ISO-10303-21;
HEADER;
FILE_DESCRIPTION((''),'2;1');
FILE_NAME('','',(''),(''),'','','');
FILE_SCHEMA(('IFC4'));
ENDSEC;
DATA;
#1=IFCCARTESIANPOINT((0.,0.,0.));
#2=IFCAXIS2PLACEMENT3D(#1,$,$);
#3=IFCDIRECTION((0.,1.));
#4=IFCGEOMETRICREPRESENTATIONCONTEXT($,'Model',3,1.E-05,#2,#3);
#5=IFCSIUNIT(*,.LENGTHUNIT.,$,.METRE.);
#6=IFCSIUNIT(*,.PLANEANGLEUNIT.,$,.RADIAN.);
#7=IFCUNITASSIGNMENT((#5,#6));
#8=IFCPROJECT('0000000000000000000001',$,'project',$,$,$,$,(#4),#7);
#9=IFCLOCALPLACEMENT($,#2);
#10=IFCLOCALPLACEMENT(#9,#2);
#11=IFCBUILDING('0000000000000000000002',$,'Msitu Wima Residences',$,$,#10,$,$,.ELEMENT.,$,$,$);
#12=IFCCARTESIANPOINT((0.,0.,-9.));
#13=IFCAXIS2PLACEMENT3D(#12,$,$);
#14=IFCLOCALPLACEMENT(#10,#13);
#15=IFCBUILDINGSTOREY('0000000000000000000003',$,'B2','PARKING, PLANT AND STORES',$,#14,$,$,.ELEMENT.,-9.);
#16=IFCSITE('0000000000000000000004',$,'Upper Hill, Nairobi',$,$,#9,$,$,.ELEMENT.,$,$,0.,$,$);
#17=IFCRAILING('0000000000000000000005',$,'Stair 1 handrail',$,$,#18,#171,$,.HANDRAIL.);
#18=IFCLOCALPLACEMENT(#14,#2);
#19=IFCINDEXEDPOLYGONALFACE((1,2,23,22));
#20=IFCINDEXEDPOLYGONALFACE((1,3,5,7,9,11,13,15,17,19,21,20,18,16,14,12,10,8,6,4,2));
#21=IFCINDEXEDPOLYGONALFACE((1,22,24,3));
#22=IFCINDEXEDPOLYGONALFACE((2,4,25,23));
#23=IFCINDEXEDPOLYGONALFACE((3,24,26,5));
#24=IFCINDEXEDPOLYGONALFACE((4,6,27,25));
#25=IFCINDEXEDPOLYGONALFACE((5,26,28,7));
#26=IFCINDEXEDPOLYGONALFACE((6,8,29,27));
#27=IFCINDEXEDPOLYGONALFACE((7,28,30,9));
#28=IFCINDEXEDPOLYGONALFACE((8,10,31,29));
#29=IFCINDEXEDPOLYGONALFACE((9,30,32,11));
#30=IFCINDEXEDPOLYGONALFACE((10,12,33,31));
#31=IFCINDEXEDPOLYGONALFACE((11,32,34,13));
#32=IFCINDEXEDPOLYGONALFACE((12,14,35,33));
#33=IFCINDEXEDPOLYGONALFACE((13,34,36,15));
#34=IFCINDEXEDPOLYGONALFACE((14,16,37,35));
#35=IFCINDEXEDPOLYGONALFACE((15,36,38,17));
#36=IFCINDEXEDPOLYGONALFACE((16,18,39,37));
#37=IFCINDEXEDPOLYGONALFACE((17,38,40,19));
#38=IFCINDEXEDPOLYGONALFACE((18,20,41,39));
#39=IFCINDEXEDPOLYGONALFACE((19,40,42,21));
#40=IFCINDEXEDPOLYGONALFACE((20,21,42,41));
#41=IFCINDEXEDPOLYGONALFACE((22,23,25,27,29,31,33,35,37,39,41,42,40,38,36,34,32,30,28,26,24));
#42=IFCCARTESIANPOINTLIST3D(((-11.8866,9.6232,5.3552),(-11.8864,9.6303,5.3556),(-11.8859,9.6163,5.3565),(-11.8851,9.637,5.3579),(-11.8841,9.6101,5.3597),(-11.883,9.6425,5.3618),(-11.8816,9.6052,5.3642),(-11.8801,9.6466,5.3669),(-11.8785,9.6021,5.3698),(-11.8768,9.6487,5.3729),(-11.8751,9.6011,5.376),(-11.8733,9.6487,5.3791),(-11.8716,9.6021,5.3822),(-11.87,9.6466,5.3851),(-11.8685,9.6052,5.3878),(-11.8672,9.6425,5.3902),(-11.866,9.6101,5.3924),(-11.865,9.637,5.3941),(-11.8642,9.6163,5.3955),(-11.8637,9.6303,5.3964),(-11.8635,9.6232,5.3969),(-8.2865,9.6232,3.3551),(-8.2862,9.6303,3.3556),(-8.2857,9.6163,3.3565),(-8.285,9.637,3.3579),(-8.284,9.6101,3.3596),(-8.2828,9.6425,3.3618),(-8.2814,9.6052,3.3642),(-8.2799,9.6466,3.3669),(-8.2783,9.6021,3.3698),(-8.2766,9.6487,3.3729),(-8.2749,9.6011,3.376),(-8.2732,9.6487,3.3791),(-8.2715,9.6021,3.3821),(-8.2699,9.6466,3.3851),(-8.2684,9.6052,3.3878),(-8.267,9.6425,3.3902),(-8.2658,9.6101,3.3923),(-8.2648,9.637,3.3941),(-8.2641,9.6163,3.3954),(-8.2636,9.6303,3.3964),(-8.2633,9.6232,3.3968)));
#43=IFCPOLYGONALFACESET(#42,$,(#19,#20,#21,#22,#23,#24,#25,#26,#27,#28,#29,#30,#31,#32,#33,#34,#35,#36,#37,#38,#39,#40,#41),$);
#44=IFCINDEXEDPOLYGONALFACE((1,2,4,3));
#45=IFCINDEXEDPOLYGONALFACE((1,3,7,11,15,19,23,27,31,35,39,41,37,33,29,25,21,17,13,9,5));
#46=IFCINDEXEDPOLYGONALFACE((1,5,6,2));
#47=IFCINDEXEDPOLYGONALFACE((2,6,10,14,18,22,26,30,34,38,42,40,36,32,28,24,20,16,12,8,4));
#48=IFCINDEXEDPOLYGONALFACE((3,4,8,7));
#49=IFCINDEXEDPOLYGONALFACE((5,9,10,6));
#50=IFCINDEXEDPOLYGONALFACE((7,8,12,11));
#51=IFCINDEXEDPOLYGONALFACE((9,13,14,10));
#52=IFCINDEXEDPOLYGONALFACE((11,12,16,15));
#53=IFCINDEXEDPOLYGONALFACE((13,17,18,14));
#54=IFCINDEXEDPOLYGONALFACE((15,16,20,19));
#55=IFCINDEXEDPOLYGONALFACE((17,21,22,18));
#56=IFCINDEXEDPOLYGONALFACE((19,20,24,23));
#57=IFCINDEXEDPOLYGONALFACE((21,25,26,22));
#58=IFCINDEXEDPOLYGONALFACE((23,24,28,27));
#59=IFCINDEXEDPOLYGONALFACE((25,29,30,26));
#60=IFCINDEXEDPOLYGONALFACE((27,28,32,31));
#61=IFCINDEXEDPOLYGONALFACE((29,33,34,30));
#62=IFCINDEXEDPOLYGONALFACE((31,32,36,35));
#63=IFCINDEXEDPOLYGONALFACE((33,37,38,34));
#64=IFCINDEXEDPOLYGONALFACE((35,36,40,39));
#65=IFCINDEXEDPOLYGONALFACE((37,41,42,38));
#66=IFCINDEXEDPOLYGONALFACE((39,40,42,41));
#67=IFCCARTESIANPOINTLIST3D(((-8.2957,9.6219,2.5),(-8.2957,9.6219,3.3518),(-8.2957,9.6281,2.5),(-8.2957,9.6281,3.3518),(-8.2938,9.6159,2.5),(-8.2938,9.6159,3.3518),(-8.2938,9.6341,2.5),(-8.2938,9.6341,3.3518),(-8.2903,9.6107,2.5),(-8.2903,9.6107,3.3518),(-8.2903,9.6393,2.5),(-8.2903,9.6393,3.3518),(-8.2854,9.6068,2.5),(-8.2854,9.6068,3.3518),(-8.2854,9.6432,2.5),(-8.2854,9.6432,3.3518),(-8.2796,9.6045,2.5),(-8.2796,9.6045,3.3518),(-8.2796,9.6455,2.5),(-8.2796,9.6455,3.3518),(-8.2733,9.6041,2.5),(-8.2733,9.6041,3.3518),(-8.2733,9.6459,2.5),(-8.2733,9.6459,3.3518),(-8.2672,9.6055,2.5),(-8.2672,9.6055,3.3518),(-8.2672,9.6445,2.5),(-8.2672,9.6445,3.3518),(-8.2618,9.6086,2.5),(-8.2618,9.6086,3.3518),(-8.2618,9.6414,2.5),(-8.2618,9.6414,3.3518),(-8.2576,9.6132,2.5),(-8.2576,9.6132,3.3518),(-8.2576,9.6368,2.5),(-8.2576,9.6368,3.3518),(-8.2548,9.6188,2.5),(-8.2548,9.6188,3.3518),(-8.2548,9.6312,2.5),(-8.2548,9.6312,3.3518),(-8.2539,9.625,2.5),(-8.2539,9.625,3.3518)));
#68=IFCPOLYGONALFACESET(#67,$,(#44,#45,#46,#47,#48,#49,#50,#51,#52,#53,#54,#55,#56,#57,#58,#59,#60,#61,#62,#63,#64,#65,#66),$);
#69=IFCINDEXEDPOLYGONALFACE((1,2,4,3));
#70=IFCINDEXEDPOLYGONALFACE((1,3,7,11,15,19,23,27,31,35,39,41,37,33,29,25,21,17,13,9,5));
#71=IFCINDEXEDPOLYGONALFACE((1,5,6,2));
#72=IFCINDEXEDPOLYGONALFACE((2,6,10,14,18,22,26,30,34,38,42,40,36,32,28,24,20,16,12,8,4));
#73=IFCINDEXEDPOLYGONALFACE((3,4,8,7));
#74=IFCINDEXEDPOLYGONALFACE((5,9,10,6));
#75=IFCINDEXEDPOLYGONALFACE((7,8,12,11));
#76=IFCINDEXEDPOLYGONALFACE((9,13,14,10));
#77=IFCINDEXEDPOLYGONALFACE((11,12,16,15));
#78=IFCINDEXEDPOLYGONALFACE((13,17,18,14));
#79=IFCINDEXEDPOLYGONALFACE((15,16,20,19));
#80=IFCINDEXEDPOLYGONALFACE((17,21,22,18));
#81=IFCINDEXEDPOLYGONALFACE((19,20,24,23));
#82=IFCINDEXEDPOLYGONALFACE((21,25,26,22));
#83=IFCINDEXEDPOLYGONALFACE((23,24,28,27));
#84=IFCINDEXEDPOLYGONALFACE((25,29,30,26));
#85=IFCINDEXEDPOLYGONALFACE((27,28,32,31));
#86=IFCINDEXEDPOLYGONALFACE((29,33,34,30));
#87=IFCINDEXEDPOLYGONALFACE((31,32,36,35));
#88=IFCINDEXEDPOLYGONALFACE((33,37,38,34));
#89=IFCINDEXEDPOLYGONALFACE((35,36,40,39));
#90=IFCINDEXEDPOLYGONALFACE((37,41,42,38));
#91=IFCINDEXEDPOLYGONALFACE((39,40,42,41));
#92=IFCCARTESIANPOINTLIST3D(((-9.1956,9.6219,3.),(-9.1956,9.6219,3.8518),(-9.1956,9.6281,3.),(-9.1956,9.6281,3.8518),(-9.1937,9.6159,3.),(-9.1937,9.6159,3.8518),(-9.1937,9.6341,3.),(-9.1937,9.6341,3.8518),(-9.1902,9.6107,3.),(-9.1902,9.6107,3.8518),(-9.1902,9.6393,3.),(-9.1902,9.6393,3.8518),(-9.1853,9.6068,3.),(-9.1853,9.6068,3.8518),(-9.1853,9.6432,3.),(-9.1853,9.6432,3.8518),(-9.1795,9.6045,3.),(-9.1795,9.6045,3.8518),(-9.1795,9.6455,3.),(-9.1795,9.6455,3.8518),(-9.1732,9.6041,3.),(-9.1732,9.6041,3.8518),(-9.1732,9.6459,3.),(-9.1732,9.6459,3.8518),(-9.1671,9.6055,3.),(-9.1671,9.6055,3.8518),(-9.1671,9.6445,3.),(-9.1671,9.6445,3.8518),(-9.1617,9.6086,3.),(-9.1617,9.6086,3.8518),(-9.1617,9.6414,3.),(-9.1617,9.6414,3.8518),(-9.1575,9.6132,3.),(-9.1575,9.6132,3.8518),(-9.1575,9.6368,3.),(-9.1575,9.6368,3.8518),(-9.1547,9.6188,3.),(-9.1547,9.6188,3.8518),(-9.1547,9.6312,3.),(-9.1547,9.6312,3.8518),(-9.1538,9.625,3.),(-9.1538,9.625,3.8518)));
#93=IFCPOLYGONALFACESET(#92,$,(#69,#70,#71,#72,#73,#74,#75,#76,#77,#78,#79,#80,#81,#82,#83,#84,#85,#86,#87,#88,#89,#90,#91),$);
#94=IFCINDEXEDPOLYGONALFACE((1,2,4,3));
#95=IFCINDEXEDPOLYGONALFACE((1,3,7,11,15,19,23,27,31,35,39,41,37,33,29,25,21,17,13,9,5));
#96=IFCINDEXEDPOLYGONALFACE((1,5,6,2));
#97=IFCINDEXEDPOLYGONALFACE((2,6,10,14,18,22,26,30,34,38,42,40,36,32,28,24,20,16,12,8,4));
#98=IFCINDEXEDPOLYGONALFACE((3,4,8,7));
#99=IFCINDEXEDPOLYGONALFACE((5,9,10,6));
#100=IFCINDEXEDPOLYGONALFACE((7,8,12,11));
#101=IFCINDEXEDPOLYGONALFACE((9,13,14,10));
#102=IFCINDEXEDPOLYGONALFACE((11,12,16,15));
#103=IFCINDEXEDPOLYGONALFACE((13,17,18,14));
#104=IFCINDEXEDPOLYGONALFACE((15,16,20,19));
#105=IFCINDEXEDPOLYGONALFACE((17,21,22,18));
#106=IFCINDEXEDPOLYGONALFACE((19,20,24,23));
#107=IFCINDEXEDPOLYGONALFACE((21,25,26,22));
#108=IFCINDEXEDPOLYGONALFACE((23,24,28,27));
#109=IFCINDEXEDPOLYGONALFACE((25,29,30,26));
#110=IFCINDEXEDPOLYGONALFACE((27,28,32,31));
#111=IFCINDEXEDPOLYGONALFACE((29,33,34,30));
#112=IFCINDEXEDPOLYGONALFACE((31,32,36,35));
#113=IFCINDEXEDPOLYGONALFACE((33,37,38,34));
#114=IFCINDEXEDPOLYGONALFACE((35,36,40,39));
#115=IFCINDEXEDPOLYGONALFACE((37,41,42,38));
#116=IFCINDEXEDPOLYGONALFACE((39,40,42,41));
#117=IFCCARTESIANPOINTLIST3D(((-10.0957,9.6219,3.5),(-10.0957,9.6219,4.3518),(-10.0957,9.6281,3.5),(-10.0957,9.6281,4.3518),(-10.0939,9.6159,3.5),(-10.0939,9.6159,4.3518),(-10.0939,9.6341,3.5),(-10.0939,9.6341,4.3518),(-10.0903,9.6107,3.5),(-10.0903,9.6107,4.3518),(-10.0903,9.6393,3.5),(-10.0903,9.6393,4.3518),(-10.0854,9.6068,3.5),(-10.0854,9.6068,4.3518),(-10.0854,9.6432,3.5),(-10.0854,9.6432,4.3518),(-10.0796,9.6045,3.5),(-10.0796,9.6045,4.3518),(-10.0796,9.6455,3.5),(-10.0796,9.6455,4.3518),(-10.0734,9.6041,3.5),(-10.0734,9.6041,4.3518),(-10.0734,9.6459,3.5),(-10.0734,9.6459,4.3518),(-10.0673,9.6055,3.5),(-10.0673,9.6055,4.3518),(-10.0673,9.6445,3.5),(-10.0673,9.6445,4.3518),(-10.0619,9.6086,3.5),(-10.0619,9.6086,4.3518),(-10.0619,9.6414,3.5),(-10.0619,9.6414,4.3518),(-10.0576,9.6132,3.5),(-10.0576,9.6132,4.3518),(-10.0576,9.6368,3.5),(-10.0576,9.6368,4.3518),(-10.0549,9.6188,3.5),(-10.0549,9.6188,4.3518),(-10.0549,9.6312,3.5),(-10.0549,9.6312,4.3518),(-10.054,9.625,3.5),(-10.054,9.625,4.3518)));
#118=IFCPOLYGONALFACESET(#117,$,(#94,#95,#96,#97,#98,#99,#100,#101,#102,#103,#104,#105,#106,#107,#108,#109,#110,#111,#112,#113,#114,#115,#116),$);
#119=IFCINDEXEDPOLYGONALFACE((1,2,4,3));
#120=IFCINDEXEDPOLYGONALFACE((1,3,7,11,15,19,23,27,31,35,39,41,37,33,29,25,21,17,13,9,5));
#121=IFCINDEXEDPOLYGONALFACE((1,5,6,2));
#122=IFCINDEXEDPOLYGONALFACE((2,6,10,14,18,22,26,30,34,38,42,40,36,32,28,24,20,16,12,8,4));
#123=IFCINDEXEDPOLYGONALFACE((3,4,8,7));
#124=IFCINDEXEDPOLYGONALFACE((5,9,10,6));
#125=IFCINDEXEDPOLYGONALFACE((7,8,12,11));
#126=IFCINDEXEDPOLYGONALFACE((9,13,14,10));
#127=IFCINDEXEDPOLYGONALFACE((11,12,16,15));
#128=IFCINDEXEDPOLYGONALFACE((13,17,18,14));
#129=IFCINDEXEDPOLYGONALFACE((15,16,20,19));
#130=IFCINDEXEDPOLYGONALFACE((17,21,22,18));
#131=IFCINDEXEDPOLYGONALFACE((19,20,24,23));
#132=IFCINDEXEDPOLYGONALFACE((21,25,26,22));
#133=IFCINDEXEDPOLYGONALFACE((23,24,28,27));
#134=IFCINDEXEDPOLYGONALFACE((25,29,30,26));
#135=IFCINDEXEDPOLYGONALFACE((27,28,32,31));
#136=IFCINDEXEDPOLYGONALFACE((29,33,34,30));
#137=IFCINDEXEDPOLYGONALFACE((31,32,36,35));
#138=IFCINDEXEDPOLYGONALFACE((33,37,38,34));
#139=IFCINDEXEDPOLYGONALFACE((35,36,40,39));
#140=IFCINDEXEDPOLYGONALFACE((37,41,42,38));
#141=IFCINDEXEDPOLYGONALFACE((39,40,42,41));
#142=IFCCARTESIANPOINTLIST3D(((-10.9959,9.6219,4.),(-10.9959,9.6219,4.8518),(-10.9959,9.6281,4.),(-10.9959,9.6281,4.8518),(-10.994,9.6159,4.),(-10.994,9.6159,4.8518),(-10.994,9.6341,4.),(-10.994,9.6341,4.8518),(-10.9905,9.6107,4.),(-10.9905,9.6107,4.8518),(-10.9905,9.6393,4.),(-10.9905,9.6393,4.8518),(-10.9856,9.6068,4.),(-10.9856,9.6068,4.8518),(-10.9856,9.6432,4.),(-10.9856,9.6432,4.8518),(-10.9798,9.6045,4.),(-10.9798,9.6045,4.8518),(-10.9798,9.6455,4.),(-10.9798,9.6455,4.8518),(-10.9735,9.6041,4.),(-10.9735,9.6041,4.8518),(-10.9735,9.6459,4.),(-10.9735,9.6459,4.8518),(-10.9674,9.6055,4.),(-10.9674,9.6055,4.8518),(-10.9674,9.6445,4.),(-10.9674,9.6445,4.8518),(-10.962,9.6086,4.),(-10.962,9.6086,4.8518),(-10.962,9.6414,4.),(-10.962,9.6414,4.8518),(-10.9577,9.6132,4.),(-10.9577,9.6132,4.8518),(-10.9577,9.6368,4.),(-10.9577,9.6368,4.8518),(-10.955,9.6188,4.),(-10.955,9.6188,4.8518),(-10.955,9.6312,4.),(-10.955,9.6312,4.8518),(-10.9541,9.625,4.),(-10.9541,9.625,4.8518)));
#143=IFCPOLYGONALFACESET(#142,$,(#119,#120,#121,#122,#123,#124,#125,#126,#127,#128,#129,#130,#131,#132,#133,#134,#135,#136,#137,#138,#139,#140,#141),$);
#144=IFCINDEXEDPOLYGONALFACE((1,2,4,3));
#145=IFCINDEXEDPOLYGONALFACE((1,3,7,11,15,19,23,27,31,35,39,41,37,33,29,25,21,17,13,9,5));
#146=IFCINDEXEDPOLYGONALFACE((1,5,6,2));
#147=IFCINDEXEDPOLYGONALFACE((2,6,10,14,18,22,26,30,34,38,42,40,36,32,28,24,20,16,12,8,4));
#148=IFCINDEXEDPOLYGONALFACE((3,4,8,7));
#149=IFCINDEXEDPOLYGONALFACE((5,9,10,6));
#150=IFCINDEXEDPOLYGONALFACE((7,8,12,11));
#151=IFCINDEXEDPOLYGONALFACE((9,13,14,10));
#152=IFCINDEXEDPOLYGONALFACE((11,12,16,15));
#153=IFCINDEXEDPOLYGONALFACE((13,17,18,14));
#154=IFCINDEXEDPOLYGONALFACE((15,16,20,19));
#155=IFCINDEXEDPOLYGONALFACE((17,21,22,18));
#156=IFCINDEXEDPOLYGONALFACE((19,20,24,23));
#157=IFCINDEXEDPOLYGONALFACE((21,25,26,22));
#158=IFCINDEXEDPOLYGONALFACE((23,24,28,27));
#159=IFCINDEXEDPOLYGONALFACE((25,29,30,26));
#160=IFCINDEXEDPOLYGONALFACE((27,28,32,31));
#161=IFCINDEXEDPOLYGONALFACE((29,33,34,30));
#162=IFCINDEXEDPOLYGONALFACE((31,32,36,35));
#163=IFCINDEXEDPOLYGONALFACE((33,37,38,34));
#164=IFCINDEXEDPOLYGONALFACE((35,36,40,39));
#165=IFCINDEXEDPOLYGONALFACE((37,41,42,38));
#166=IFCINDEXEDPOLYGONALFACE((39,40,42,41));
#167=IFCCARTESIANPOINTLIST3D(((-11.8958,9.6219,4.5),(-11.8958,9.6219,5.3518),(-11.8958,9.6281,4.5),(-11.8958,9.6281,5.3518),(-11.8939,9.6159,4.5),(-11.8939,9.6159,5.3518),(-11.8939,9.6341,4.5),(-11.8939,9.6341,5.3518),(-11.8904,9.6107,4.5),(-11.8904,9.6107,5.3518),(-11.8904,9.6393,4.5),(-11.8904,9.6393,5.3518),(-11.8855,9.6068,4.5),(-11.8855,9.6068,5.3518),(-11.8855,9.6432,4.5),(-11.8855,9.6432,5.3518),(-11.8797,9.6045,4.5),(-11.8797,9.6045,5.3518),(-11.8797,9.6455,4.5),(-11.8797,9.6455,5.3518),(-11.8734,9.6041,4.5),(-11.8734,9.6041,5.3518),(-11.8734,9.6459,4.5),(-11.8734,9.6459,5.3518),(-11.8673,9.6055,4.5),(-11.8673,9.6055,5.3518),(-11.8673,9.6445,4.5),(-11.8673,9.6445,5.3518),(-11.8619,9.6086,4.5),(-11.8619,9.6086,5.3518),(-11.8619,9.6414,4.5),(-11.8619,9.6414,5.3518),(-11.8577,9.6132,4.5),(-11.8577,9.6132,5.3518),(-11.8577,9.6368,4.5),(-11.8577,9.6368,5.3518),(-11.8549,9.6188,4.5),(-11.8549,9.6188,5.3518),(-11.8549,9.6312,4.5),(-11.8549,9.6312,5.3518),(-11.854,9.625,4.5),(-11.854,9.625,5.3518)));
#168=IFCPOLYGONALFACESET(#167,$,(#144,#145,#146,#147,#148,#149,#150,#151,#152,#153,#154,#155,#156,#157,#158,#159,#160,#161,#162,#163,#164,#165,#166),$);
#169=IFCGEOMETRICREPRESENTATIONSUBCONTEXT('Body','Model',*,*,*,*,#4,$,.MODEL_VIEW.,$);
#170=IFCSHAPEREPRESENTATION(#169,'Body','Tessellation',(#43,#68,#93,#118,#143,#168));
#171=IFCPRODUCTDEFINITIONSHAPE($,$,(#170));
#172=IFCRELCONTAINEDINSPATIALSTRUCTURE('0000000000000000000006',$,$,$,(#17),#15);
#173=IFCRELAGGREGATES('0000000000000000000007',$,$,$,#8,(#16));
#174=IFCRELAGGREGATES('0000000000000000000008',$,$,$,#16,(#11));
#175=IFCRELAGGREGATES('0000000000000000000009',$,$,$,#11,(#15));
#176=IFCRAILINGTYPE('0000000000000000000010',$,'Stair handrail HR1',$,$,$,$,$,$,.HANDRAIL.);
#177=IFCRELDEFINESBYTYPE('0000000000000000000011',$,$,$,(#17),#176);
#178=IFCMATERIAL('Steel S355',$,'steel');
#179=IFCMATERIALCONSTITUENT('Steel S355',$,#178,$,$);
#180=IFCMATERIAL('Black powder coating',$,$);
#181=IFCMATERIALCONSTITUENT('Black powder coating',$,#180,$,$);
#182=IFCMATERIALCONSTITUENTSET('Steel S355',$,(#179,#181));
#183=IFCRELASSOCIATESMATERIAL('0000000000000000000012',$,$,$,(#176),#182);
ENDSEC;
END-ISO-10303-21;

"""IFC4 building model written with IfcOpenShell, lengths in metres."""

from ifc_helpers import new_model, si_unit, direction, frame, origin, origin_2d, place, context, subcontext, project, spatial, circle, extrude, material, constituent, constituent_set, type_object, element, save


model = new_model("IFC4")

# Units and contexts
model_context = context("Model", 3, precision=1e-05, world=origin(), true_north=direction((0.0, 1.0)))
body_context = subcontext(model_context, "Body", "Model", "MODEL_VIEW")
ifc_project = project(units=[si_unit("LENGTHUNIT", "METRE"), si_unit("PLANEANGLEUNIT", "RADIAN")], contexts=[model_context])

# Site, building, storey
site_placement = place(None, origin())
site = spatial("IfcSite", under=ifc_project, at=site_placement, Name="Upper Hill, Nairobi", CompositionType="ELEMENT", RefElevation=0.0)
building_placement = place(site_placement, origin())
building = spatial("IfcBuilding", under=site, at=building_placement, Name="Msitu Wima Residences", CompositionType="ELEMENT")
storey_placement = place(building_placement, frame((0.0, 0.0, -9.0)))
storey = spatial("IfcBuildingStorey", under=building, at=storey_placement, Name="B2", Description="PARKING, PLANT AND STORES", CompositionType="ELEMENT", Elevation=-9.0)

# Railing
ifc_material_1 = material(Name="Steel S355", Category="steel")
ifc_constituent_1 = constituent(ifc_material_1, Name="Steel S355")
ifc_material_2 = material(Name="Black powder coating")
ifc_constituent_2 = constituent(ifc_material_2, Name="Black powder coating")
ifc_constituent_set = constituent_set(constituents=[ifc_constituent_1, ifc_constituent_2], Name="Steel S355")
railing_type = type_object("IfcRailingType", Name="Stair handrail HR1", PredefinedType="HANDRAIL", material=ifc_constituent_set)
for number, where, name in (
    (1, (-8.2749, 9.625, 2.5), "Stair 1 handrail"),
):
    element("IfcRailing", number, at=place(storey_placement, frame(where)), inside=storey, type_object=railing_type, Name=name, PredefinedType="HANDRAIL", context=body_context, shape_type="SweptSolid", body=[
        extrude(circle(Radius=0.0239, at=origin_2d()), frame((0.0, 0.0, 0.876), z_axis=(-0.874163, 0.0, 0.485633), x_axis=(0.0, -1.0, 0.0)), (0.0, 0.0, 1.0), 4.1184),
        extrude(circle(Radius=0.021, at=origin_2d()), origin(), (0.0, 0.0, 1.0), 0.8518),
        extrude(circle(Radius=0.021, at=origin_2d()), frame((-0.8999, 0.0, 0.5)), (0.0, 0.0, 1.0), 0.8518),
        extrude(circle(Radius=0.021, at=origin_2d()), frame((-1.8, 0.0, 1.0)), (0.0, 0.0, 1.0), 0.8518),
        extrude(circle(Radius=0.021, at=origin_2d()), frame((-2.7002, 0.0, 1.5)), (0.0, 0.0, 1.0), 0.8518),
        extrude(circle(Radius=0.021, at=origin_2d()), frame((-3.6001, 0.0, 2.0)), (0.0, 0.0, 1.0), 0.8518),
    ])

save(model, "model.ifc")
